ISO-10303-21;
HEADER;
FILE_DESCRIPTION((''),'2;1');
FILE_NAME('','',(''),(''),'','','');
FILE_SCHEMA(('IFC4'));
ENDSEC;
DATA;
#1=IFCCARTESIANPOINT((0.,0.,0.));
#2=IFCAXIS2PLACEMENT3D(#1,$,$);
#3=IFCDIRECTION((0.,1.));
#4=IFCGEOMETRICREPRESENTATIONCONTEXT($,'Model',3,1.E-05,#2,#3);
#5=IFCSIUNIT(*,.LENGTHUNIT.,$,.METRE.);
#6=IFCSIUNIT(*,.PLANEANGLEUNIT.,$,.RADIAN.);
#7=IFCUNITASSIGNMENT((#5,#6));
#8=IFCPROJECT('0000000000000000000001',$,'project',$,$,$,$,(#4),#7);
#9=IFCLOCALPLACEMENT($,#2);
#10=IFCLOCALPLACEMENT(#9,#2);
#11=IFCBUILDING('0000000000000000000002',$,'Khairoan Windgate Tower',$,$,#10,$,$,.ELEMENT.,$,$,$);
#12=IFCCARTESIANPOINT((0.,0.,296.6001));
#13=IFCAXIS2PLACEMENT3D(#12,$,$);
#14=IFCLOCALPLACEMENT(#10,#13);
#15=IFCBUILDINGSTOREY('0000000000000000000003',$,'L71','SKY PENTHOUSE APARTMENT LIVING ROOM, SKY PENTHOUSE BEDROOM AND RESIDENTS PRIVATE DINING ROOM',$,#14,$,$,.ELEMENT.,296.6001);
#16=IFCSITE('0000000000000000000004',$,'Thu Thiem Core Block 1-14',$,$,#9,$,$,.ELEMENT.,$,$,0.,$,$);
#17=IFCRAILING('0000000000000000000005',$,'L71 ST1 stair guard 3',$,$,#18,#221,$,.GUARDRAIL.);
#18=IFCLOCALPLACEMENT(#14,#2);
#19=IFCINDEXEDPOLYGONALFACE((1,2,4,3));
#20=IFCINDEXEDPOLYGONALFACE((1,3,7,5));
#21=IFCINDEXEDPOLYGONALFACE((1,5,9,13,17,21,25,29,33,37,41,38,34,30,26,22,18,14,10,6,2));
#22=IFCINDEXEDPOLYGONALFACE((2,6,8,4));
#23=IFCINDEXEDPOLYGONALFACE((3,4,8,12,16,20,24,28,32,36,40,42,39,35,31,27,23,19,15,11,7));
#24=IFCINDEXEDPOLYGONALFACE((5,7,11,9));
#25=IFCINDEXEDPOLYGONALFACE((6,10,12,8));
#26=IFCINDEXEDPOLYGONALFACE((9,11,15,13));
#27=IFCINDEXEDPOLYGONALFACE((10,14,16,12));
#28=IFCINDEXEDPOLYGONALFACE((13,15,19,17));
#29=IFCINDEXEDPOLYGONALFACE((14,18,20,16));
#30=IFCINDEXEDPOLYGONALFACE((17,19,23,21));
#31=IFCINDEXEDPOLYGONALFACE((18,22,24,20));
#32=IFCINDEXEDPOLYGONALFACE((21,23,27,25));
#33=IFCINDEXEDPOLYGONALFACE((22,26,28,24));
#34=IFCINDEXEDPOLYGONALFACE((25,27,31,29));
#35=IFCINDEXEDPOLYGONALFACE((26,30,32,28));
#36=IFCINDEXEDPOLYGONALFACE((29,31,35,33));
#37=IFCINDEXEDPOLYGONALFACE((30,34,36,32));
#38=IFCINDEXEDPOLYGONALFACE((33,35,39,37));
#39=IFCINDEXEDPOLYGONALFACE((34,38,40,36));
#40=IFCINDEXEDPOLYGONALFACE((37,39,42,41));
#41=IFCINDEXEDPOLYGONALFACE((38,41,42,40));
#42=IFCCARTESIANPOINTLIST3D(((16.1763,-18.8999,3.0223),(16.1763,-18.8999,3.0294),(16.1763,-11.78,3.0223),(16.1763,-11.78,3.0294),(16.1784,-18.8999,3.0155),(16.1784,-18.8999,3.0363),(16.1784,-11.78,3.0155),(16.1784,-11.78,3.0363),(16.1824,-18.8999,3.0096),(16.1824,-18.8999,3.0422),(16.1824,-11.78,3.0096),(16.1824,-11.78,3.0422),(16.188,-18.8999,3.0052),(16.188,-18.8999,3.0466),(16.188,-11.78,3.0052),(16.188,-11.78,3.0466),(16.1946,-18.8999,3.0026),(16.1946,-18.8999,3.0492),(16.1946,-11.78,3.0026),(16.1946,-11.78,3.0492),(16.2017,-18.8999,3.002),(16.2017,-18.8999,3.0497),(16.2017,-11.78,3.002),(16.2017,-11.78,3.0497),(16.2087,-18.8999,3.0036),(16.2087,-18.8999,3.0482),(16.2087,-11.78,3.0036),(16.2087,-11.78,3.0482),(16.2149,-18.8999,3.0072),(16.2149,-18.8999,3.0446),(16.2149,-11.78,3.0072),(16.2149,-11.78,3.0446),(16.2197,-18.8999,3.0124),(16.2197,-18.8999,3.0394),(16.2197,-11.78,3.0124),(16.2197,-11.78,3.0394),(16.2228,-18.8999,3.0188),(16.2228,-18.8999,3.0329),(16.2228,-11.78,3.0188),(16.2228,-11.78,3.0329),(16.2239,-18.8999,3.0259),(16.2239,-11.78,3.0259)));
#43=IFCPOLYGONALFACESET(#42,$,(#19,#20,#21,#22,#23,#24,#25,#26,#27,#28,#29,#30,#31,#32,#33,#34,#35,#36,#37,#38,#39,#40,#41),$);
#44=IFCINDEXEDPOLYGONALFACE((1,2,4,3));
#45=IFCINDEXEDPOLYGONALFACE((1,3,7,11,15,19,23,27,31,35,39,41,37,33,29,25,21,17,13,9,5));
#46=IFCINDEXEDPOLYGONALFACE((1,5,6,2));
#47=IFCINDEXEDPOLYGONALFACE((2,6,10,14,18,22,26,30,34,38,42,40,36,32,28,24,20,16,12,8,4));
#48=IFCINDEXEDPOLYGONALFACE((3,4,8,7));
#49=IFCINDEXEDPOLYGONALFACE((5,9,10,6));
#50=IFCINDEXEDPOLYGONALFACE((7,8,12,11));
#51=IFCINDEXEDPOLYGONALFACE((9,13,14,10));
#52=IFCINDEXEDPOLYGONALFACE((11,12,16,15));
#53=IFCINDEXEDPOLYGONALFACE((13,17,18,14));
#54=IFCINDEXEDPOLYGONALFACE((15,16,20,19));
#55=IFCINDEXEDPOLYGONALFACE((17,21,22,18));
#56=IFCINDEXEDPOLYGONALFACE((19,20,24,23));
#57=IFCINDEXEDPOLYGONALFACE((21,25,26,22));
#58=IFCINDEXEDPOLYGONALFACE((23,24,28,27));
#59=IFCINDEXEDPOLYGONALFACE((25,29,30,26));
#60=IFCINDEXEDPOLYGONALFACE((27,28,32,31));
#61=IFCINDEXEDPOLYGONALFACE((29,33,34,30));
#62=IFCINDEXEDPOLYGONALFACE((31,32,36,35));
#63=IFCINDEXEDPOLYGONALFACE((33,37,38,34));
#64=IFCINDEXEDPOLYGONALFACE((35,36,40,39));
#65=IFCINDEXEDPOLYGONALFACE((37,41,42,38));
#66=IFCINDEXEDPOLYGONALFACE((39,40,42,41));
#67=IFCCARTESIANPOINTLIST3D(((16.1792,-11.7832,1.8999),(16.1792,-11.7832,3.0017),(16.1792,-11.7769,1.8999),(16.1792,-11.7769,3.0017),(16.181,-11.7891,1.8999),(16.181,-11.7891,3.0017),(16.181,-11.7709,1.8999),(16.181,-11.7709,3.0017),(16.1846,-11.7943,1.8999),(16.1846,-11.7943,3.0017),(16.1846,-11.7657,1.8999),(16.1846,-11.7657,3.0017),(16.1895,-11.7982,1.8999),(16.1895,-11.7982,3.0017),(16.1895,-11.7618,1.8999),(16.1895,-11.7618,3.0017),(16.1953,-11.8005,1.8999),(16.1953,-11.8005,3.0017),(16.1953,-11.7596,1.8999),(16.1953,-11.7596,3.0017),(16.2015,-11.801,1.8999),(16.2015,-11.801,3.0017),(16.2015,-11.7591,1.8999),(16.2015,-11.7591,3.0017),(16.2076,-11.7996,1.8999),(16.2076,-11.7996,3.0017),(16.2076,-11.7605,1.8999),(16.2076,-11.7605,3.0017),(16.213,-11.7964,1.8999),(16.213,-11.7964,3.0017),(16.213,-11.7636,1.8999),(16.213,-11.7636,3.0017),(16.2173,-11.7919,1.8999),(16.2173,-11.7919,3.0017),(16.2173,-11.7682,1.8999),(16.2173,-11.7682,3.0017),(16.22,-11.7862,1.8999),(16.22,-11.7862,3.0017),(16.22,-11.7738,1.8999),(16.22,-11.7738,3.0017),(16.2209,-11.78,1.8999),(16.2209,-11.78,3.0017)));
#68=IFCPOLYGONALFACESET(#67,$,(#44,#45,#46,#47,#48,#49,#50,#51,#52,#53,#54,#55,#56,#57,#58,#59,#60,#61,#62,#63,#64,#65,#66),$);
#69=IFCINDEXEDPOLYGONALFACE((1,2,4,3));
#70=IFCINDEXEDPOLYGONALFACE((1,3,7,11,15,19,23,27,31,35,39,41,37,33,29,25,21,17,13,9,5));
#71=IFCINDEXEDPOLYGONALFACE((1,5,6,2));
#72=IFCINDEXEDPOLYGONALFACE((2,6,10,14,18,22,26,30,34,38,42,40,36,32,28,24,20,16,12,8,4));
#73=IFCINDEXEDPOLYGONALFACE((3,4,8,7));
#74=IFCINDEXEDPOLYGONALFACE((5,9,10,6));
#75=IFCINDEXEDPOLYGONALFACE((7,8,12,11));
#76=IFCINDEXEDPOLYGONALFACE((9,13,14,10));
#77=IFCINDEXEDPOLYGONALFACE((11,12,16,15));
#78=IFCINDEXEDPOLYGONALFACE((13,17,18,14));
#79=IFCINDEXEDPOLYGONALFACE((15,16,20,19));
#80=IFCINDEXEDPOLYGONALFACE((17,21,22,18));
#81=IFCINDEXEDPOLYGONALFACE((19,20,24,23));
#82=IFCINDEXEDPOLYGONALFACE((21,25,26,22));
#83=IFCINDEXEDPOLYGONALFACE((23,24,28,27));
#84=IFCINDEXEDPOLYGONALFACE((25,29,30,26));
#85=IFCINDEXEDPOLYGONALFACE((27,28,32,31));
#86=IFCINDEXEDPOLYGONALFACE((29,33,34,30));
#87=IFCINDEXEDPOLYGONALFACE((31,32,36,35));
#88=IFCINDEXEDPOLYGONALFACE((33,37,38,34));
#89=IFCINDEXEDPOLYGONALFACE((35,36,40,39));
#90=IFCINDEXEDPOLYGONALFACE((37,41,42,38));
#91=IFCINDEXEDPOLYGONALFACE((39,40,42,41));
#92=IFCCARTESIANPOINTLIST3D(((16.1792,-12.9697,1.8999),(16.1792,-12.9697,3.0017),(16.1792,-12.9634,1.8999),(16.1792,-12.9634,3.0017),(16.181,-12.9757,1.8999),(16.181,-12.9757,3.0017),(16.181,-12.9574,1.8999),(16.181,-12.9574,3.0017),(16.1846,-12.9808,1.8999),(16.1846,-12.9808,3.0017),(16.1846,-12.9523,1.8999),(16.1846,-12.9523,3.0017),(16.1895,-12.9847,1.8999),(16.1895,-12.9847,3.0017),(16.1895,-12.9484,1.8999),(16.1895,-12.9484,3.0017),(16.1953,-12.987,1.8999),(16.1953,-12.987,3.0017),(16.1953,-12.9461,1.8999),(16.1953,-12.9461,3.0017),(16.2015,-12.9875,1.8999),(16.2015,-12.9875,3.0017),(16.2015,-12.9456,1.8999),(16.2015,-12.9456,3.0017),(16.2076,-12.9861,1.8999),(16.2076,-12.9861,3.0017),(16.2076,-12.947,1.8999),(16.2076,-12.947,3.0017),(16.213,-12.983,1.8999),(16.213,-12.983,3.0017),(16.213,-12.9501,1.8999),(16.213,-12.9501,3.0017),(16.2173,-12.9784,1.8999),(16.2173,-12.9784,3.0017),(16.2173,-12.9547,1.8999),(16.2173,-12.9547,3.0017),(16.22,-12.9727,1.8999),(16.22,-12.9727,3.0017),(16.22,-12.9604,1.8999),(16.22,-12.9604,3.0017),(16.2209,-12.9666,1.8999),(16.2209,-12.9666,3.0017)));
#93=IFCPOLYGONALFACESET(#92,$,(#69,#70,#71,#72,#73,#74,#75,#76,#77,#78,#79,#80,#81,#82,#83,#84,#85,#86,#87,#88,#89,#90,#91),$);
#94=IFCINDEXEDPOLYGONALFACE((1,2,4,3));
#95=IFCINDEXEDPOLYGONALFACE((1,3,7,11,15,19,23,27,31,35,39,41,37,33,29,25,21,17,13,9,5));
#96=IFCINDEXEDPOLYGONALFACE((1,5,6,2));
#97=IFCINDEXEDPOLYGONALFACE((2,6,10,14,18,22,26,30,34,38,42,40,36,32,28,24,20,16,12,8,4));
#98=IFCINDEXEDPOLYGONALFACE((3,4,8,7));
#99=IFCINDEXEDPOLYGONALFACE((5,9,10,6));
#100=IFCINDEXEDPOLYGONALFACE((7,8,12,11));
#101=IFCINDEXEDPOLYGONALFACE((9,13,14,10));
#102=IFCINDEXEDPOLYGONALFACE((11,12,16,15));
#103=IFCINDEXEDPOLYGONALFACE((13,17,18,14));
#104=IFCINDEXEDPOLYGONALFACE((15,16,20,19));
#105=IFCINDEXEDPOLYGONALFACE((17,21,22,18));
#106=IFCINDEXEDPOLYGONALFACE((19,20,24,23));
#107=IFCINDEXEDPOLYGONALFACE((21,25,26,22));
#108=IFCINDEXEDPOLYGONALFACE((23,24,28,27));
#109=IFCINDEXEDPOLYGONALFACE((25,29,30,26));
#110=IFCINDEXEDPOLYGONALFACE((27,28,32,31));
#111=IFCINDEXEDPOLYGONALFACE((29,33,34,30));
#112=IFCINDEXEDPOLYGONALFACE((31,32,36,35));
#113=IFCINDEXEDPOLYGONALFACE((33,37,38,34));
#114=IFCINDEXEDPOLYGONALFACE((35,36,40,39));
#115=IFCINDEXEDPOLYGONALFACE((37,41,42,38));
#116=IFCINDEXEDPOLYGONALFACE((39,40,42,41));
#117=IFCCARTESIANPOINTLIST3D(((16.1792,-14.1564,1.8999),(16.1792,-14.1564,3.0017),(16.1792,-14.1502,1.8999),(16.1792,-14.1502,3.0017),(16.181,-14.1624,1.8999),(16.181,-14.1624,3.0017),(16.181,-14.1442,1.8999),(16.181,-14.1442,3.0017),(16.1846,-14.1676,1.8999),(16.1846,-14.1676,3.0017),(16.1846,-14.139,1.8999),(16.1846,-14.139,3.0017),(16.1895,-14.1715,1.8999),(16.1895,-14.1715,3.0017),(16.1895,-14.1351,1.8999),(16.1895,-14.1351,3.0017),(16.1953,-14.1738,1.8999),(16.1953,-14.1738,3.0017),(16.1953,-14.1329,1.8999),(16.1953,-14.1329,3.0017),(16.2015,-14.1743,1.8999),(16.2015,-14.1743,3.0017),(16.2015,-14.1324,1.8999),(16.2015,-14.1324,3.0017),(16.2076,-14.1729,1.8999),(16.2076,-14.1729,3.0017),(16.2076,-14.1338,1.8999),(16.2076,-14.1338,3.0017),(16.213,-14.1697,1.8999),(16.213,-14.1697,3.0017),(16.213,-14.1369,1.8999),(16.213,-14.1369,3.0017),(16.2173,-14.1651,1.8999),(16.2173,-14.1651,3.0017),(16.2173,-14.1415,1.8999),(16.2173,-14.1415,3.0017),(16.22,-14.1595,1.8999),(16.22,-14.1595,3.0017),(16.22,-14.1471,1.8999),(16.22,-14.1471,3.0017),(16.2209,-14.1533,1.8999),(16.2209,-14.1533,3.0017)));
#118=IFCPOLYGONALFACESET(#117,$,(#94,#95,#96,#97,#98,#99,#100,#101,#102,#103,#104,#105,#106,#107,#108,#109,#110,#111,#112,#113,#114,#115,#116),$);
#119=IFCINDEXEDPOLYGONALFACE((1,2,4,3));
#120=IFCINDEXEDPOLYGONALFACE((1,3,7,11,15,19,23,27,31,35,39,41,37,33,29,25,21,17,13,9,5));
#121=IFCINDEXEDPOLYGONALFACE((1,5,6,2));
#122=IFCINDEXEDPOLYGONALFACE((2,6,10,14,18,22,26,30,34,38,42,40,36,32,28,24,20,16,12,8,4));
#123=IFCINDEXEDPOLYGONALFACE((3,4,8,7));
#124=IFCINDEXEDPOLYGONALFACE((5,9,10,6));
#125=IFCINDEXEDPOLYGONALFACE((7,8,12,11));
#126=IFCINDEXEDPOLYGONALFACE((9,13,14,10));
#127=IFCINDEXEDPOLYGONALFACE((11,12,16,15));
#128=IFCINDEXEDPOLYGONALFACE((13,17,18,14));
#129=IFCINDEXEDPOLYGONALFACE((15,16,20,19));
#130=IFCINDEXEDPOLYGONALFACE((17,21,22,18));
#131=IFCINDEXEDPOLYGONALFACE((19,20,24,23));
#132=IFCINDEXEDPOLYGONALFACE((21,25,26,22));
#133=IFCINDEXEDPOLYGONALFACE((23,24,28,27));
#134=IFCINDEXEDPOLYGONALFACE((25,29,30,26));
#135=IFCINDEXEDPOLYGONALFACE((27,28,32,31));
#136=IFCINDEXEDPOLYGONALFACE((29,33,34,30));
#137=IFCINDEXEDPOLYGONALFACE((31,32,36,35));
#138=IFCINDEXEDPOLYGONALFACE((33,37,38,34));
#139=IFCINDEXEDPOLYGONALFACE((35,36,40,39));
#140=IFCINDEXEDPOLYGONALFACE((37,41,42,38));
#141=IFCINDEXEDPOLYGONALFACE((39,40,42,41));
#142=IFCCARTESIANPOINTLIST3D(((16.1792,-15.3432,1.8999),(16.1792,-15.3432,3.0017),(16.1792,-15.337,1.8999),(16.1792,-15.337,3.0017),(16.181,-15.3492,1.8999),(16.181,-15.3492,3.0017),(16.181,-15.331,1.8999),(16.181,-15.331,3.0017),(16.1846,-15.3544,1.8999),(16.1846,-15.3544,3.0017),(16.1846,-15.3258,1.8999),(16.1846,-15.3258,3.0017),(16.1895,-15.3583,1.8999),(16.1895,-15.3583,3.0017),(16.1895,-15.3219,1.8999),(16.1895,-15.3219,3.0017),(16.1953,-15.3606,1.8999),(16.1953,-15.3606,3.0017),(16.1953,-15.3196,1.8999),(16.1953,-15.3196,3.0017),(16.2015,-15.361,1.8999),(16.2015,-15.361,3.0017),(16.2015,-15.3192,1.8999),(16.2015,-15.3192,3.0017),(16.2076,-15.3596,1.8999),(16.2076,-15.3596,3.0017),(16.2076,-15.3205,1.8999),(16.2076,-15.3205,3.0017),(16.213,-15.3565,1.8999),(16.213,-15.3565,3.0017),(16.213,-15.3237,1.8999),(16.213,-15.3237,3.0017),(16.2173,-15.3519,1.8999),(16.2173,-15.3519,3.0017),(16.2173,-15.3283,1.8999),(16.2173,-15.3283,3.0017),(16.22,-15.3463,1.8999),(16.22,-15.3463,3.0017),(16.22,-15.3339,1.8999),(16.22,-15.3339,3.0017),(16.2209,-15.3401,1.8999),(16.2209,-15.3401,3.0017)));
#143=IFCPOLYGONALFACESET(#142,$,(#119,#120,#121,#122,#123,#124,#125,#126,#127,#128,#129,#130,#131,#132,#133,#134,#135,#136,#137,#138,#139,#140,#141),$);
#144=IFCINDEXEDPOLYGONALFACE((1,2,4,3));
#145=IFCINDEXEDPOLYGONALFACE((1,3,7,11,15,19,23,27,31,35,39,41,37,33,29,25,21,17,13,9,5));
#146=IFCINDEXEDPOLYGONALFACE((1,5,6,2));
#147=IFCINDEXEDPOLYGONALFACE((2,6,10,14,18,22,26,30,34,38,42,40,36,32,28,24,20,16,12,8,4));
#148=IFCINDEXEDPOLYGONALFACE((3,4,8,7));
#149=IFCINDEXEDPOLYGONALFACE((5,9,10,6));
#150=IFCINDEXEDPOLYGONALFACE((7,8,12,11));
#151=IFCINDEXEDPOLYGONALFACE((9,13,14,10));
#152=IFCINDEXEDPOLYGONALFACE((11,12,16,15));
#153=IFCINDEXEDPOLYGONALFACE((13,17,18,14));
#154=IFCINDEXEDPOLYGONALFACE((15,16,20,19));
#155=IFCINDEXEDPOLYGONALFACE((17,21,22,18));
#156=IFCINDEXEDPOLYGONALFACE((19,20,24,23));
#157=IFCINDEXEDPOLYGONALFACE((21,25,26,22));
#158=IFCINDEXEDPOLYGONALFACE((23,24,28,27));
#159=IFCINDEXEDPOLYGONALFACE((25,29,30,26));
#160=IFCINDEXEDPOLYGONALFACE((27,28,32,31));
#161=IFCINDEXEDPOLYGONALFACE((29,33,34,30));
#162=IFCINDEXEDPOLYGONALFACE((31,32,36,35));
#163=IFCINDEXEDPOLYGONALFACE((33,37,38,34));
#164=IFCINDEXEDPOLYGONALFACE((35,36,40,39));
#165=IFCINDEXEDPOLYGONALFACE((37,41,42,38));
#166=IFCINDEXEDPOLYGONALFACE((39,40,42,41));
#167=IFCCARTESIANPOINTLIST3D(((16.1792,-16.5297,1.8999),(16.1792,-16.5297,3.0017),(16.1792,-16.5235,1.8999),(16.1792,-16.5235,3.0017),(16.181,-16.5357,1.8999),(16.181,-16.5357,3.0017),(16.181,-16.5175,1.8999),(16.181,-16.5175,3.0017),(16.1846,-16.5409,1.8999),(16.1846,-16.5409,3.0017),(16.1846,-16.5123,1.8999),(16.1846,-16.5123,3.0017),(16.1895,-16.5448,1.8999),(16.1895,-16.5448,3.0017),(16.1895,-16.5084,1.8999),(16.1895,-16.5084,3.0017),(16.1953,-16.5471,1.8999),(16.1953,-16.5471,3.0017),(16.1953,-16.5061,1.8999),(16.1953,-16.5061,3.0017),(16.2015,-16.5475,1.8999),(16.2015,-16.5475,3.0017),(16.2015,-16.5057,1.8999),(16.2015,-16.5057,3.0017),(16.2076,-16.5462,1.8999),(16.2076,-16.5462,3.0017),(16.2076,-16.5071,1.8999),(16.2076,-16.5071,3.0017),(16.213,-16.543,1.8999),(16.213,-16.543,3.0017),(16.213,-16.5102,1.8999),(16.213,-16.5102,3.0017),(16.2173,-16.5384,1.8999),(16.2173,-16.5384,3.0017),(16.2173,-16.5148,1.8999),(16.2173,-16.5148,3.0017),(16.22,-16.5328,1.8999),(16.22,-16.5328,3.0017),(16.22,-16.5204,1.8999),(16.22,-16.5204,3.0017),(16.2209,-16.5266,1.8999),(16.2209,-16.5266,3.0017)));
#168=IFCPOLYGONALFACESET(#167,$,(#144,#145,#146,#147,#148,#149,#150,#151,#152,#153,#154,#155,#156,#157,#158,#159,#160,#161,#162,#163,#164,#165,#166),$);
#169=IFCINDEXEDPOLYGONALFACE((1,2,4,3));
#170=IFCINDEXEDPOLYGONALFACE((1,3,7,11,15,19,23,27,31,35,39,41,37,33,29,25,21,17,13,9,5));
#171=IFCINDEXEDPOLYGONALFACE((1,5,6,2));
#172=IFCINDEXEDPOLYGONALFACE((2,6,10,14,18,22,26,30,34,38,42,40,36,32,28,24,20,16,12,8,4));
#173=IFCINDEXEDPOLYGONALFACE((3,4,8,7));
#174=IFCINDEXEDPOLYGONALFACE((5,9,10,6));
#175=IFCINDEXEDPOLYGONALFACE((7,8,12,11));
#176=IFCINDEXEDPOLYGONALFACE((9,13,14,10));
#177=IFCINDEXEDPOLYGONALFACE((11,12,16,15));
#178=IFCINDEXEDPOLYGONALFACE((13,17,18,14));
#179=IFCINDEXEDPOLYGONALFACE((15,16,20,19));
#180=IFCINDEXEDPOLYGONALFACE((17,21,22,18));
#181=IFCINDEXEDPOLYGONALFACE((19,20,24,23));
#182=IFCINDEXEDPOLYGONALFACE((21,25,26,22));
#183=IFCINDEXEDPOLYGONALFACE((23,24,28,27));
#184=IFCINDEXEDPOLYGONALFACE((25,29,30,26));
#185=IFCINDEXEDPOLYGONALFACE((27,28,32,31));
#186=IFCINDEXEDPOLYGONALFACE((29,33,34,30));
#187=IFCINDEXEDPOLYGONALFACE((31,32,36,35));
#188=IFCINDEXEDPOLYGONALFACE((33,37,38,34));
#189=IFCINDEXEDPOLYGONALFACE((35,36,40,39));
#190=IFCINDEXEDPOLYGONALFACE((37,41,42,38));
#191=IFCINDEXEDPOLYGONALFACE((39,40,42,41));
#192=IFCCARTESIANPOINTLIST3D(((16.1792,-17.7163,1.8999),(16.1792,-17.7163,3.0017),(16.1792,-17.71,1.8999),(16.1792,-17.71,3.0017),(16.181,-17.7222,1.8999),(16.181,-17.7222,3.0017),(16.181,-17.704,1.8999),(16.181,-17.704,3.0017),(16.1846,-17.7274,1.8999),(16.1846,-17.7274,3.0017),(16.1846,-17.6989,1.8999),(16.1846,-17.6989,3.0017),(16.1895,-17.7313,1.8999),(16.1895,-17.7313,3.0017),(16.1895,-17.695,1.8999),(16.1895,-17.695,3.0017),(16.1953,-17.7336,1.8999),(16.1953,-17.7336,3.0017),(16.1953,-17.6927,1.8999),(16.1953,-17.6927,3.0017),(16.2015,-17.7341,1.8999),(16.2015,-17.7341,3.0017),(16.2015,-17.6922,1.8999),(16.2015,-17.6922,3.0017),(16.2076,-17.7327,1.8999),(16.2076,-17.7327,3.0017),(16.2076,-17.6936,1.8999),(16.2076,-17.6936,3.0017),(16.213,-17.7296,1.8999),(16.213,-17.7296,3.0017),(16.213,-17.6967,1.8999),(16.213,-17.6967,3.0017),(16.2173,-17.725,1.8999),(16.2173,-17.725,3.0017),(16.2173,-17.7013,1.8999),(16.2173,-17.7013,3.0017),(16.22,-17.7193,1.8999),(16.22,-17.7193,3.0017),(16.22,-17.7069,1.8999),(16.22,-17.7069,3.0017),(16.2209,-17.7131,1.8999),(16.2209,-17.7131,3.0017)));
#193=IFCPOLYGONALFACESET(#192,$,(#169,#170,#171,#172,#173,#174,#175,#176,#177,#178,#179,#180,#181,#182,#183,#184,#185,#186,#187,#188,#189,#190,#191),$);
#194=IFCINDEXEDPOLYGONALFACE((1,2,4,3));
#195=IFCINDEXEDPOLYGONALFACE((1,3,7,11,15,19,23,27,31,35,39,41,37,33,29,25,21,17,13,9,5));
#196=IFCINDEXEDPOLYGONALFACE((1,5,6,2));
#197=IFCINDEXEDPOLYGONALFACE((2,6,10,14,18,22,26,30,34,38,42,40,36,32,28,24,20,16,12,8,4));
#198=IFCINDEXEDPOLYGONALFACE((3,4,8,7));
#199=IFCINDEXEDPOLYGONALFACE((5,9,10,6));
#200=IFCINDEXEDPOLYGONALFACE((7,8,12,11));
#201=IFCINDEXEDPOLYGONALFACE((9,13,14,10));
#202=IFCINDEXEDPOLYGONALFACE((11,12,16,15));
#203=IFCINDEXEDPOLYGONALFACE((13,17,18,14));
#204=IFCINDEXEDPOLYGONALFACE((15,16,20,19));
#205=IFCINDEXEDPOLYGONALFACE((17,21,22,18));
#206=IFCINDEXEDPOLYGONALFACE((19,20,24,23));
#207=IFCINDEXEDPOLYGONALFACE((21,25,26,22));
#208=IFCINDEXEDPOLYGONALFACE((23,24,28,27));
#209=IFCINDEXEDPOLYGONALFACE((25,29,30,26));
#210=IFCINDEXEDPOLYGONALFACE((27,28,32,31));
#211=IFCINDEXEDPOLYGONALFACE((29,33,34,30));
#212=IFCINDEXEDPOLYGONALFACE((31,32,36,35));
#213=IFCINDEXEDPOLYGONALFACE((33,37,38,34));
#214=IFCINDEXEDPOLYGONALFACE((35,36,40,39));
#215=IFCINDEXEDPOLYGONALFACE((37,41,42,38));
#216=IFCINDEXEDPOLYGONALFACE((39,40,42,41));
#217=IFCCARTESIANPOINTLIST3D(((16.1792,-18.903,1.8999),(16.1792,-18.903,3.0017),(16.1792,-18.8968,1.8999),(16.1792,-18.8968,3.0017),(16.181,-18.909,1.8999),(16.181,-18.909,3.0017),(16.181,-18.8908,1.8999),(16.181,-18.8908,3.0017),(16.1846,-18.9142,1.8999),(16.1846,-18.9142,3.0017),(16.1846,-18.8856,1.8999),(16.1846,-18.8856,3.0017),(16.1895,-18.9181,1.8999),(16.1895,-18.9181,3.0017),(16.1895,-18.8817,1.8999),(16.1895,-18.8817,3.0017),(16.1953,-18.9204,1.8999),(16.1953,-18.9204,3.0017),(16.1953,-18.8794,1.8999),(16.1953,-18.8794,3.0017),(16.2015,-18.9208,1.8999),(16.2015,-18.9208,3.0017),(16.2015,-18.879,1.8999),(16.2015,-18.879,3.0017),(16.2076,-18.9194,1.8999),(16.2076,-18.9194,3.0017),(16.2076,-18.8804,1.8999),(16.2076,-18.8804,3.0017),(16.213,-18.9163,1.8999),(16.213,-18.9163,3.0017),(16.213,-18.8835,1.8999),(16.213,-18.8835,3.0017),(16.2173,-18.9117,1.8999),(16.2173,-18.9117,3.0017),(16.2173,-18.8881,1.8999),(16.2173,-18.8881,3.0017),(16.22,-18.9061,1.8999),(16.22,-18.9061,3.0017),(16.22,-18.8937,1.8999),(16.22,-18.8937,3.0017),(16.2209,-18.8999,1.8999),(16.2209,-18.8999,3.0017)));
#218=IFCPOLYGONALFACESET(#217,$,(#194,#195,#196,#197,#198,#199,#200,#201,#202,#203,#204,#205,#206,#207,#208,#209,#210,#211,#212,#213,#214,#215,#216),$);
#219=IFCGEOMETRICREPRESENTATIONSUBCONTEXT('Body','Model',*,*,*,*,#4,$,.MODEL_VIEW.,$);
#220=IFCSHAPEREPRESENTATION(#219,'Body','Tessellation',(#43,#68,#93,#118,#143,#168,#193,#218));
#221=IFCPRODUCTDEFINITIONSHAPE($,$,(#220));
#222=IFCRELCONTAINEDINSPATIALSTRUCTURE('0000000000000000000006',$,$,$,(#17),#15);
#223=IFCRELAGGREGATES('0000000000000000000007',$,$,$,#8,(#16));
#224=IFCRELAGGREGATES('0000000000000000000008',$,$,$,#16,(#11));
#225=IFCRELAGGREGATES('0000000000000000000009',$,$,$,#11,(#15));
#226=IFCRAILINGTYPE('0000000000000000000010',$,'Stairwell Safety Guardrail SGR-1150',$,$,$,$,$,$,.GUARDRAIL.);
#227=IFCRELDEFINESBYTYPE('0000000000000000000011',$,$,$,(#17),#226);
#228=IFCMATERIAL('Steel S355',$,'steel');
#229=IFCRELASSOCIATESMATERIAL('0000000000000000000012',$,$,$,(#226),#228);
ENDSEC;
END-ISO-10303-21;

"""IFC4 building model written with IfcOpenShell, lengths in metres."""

from ifc_helpers import new_model, si_unit, direction, frame, origin, origin_2d, place, context, subcontext, project, spatial, circle, extrude, material, type_object, element, save


model = new_model("IFC4")

# Units and contexts
model_context = context("Model", 3, precision=1e-05, world=origin(), true_north=direction((0.0, 1.0)))
body_context = subcontext(model_context, "Body", "Model", "MODEL_VIEW")
ifc_project = project(units=[si_unit("LENGTHUNIT", "METRE"), si_unit("PLANEANGLEUNIT", "RADIAN")], contexts=[model_context])

# Site, building, storey
site_placement = place(None, origin())
site = spatial("IfcSite", under=ifc_project, at=site_placement, Name="Thu Thiem Core Block 1-14", CompositionType="ELEMENT", RefElevation=0.0)
building_placement = place(site_placement, origin())
building = spatial("IfcBuilding", under=site, at=building_placement, Name="Khairoan Windgate Tower", CompositionType="ELEMENT")
storey_placement = place(building_placement, frame((0.0, 0.0, 296.6001)))
storey = spatial("IfcBuildingStorey", under=building, at=storey_placement, Name="L71", Description="SKY PENTHOUSE APARTMENT LIVING ROOM, SKY PENTHOUSE BEDROOM AND RESIDENTS PRIVATE DINING ROOM", CompositionType="ELEMENT", Elevation=296.6001)

# Railing
ifc_material_1 = material(Name="Steel S355", Category="steel")
railing_type_1 = type_object("IfcRailingType", Name="Stairwell Safety Guardrail SGR-1150", PredefinedType="GUARDRAIL", material=ifc_material_1)
railing_1_placement = place(storey_placement, frame((16.2, -11.78, 1.8999)))
element("IfcRailing", 1, at=railing_1_placement, inside=storey, type_object=railing_type_1, Name="L71 ST1 stair guard 3", PredefinedType="GUARDRAIL", context=body_context, shape_type="SweptSolid", body=[
    extrude(circle(Radius=0.0239, at=origin_2d()), frame((0.0, 0.0, 1.126), z_axis=(0.0, -1.0, 0.0), x_axis=(1.0, 0.0, 0.0)), (0.0, 0.0, 1.0), 7.1199),
    extrude(circle(Radius=0.021, at=origin_2d()), origin(), (0.0, 0.0, 1.0), 1.1018),
    extrude(circle(Radius=0.021, at=origin_2d()), frame((0.0, -1.1865, 0.0)), (0.0, 0.0, 1.0), 1.1018),
    extrude(circle(Radius=0.021, at=origin_2d()), frame((0.0, -2.3733, 0.0)), (0.0, 0.0, 1.0), 1.1018),
    extrude(circle(Radius=0.021, at=origin_2d()), frame((0.0, -3.5601, 0.0)), (0.0, 0.0, 1.0), 1.1018),
    extrude(circle(Radius=0.021, at=origin_2d()), frame((0.0, -4.7466, 0.0)), (0.0, 0.0, 1.0), 1.1018),
    extrude(circle(Radius=0.021, at=origin_2d()), frame((0.0, -5.9331, 0.0)), (0.0, 0.0, 1.0), 1.1018),
    extrude(circle(Radius=0.021, at=origin_2d()), frame((0.0, -7.1199, 0.0)), (0.0, 0.0, 1.0), 1.1018),
])

save(model, "model.ifc")
